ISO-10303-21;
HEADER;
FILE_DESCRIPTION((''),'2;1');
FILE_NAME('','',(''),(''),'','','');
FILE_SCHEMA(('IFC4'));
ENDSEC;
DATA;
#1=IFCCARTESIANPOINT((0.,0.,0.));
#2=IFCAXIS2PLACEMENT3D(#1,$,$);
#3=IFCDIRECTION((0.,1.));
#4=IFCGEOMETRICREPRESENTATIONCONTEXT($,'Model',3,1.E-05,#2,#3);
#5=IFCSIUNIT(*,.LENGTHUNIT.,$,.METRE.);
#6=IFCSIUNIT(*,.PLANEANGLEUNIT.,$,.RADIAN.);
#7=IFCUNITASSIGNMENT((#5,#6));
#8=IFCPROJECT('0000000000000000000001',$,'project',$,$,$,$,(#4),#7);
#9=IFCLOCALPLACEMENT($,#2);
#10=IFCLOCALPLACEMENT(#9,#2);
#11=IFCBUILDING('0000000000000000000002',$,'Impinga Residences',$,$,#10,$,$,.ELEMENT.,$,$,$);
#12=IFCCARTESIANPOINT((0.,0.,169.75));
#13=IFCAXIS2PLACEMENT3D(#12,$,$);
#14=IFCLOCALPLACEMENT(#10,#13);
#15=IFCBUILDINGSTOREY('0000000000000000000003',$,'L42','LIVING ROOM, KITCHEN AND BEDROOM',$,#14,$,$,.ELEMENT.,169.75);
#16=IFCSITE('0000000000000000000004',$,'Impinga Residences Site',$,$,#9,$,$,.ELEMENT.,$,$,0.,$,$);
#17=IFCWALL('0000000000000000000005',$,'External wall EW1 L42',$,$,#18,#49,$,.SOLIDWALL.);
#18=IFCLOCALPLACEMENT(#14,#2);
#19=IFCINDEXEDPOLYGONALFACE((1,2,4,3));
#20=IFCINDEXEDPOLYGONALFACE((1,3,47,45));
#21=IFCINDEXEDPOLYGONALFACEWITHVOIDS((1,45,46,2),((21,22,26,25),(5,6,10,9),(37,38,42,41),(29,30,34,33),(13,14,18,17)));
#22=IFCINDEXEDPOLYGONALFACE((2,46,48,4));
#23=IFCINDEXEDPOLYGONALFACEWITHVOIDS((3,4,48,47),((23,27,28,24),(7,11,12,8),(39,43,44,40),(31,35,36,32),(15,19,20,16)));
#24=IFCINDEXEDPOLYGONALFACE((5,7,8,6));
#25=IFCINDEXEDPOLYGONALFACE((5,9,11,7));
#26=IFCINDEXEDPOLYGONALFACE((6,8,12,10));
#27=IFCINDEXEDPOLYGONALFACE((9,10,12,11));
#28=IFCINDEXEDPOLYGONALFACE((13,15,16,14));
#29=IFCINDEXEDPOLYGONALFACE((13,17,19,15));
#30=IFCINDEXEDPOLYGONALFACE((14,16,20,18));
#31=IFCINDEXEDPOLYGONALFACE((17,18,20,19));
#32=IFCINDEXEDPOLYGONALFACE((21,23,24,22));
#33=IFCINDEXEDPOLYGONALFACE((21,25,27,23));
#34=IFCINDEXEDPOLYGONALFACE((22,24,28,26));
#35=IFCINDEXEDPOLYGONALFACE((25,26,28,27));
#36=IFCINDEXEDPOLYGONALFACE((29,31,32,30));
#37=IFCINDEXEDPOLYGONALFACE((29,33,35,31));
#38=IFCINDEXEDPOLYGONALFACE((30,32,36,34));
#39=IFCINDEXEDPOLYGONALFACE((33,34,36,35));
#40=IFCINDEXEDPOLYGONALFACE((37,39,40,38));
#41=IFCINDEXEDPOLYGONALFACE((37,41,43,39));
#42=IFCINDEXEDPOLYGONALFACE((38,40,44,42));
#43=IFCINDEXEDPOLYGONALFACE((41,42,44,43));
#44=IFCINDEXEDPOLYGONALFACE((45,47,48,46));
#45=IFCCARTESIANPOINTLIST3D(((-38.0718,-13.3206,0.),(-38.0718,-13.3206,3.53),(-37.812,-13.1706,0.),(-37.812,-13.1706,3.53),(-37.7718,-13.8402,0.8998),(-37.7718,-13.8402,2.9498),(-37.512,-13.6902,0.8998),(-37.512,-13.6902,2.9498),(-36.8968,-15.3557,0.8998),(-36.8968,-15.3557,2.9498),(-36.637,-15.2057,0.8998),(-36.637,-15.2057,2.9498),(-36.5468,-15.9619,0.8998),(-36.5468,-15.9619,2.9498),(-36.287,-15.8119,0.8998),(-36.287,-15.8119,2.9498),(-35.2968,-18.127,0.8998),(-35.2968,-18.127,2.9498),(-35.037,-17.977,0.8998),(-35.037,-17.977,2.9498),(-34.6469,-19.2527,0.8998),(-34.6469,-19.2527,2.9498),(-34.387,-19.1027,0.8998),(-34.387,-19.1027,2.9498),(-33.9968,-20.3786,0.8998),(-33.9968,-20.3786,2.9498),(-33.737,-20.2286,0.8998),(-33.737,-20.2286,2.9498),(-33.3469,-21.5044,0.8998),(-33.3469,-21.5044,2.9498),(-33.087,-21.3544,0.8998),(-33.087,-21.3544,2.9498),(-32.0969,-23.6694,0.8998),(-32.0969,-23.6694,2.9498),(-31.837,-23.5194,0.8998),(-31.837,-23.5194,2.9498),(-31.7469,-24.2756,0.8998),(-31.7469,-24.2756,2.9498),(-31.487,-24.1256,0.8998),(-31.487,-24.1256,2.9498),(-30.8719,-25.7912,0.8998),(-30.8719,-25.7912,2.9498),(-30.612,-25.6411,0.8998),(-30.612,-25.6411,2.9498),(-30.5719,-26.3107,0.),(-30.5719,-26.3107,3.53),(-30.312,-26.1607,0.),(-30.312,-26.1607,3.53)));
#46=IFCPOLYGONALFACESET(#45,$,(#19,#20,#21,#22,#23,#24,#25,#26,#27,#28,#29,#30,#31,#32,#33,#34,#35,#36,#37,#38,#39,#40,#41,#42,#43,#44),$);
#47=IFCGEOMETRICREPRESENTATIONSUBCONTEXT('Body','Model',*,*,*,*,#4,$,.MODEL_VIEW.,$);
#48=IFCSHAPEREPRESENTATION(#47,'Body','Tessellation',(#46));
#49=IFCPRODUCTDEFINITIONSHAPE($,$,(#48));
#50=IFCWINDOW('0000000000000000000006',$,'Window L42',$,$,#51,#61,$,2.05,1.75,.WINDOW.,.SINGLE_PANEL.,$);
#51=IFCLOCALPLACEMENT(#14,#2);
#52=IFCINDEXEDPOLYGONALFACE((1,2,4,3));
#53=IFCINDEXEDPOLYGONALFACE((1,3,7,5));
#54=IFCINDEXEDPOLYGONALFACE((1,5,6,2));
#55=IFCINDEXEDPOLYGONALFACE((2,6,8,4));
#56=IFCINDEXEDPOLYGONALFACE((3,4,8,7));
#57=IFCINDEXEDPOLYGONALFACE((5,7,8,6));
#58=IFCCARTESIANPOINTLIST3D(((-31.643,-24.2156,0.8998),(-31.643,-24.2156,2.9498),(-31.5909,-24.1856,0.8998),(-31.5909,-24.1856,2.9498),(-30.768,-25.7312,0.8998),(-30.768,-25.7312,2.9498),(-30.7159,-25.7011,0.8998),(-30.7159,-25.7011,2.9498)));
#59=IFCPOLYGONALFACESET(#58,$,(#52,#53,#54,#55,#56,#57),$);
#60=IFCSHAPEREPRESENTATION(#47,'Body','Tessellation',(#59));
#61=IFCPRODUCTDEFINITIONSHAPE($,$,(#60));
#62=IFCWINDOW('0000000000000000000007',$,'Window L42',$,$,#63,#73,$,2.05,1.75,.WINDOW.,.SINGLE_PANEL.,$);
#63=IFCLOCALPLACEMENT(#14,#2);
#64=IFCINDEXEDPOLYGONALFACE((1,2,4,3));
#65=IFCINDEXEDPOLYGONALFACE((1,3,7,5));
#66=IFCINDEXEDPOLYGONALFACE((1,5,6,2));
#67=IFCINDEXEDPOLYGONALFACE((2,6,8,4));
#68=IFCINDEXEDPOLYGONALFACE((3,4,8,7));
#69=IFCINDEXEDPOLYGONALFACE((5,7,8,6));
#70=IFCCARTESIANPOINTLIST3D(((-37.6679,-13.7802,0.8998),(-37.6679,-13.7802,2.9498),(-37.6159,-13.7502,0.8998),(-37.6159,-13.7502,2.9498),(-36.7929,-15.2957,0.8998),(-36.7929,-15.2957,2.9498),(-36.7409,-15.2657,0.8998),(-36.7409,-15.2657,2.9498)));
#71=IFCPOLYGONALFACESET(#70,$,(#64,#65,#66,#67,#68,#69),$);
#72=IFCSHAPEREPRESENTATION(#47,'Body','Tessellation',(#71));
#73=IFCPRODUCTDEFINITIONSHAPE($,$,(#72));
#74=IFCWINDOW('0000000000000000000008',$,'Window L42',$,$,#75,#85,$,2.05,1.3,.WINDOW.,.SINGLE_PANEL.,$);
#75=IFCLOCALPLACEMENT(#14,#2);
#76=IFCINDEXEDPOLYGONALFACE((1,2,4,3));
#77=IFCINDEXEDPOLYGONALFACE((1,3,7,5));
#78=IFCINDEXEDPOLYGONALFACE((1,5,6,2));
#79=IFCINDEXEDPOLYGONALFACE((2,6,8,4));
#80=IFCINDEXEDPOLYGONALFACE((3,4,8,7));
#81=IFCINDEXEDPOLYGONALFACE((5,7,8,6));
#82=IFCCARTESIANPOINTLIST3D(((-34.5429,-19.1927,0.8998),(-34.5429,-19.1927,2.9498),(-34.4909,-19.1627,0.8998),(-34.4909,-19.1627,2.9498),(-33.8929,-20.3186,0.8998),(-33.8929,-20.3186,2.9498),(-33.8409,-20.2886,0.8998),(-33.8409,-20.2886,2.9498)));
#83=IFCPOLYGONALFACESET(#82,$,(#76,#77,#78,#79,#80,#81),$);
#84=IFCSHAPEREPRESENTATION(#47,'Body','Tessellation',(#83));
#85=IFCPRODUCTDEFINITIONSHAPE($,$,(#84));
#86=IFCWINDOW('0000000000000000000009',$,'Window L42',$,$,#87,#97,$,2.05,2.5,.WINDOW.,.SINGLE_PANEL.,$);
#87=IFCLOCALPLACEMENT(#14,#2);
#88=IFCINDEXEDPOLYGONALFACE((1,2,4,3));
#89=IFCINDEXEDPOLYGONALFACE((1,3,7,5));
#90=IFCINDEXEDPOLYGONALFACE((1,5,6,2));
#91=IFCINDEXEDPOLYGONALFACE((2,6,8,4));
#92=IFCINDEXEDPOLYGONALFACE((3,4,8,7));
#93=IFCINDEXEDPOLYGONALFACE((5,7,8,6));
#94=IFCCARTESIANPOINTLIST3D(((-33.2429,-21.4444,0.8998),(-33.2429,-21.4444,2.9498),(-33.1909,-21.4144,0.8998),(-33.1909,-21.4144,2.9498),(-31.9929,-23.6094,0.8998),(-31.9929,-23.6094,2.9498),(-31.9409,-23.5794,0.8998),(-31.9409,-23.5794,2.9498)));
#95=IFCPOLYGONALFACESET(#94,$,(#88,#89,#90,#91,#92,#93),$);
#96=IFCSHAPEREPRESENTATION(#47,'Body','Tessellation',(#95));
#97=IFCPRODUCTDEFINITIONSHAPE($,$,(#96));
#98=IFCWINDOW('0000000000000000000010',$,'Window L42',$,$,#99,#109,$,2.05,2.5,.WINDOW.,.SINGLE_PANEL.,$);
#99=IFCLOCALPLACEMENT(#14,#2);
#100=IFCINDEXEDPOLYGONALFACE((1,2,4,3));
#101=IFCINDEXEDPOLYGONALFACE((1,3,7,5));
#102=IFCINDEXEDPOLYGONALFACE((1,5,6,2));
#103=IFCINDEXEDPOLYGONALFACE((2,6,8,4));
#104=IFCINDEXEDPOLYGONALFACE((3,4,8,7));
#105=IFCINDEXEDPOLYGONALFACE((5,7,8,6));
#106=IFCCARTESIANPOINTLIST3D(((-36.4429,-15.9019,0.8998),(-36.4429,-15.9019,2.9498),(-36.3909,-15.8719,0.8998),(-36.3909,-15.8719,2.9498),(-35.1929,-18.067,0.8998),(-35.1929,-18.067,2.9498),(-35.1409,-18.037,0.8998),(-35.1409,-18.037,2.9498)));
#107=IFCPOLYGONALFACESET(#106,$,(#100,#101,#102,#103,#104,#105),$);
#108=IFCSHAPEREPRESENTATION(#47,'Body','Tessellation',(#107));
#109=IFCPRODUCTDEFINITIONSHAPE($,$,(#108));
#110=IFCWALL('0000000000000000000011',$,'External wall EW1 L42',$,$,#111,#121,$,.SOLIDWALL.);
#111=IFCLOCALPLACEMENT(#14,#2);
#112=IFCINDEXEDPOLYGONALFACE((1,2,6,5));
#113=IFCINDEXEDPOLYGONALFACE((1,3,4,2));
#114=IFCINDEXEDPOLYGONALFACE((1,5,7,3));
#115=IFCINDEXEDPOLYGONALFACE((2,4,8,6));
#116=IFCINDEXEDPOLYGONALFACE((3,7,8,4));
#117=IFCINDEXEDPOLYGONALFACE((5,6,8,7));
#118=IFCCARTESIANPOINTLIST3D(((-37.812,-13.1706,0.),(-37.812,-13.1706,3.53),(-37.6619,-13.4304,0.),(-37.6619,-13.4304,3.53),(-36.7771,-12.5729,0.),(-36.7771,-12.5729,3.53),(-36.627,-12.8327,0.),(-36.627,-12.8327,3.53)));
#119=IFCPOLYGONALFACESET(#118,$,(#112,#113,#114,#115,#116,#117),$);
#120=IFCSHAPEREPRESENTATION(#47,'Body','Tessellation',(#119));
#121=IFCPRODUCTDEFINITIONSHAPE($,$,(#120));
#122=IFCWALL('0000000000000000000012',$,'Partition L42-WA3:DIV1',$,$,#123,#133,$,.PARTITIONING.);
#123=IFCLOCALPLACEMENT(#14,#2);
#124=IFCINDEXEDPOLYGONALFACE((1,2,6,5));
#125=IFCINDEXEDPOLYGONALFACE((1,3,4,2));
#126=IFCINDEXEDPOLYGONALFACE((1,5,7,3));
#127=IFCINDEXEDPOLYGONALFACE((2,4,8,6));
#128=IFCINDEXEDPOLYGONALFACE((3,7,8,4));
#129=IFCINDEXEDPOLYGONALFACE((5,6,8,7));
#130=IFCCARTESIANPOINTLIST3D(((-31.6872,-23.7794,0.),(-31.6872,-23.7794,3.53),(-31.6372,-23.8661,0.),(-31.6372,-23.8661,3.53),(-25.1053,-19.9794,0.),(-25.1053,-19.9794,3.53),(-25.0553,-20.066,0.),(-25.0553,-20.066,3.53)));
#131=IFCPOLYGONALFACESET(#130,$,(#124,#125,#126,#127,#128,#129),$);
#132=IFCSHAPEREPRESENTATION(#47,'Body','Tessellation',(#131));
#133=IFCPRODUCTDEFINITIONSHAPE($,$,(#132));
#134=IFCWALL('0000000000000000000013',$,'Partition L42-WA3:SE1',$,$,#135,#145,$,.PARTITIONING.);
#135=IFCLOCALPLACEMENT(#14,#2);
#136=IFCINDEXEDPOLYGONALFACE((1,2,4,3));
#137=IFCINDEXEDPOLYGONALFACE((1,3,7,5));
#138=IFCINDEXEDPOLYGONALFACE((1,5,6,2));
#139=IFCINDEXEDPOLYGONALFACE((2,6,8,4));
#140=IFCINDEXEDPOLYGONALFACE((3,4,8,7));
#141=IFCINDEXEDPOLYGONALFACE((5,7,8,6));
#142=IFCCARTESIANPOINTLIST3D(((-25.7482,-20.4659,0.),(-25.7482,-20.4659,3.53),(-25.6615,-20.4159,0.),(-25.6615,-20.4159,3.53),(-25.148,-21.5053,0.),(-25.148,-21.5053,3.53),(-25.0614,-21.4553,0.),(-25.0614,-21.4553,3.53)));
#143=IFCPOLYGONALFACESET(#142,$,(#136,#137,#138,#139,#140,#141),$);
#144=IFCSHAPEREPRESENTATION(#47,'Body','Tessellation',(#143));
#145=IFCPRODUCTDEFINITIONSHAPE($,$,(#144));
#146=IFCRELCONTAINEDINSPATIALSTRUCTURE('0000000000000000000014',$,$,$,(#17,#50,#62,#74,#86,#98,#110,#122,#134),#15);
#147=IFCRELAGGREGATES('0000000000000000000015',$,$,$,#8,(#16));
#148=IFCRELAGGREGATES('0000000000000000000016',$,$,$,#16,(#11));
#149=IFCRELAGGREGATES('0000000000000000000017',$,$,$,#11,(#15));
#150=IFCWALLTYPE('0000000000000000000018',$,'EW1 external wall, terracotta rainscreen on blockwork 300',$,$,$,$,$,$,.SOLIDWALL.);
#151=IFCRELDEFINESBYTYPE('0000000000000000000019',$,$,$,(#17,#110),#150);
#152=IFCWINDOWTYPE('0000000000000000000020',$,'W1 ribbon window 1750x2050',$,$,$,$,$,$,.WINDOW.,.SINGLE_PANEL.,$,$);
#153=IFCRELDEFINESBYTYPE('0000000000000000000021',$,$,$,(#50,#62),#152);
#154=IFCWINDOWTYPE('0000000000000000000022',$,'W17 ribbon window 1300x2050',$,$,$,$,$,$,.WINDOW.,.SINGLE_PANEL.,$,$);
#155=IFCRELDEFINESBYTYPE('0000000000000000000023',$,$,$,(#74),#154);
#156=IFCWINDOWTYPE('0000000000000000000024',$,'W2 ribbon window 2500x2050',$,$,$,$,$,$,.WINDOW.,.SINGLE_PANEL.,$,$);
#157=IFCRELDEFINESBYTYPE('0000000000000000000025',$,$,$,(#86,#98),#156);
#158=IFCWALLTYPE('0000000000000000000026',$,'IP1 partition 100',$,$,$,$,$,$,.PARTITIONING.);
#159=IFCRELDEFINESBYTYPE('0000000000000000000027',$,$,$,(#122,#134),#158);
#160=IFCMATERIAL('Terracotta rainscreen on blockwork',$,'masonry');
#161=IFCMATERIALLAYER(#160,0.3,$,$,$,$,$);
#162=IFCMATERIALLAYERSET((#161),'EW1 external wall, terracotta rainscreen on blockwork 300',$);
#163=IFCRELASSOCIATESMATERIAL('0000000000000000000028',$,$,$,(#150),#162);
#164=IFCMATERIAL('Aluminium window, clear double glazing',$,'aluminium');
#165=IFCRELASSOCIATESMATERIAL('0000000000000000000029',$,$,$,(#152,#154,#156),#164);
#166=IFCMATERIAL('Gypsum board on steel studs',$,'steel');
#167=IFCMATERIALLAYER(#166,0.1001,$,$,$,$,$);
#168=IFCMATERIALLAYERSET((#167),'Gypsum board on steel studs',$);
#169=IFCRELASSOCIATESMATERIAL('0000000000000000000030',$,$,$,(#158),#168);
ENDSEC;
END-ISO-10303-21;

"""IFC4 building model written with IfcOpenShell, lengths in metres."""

from ifc_helpers import new_model, si_unit, direction, frame, frame_2d, origin, place, context, subcontext, project, spatial, rectangle, extrude, material, layer, layer_set, type_object, element, fill, save


model = new_model("IFC4")

# Units and contexts
model_context = context("Model", 3, precision=1e-05, world=origin(), true_north=direction((0.0, 1.0)))
body_context = subcontext(model_context, "Body", "Model", "MODEL_VIEW")
ifc_project = project(units=[si_unit("LENGTHUNIT", "METRE"), si_unit("PLANEANGLEUNIT", "RADIAN")], contexts=[model_context])

# Site, building, storey
site_placement = place(None, origin())
site = spatial("IfcSite", under=ifc_project, at=site_placement, Name="Impinga Residences Site", CompositionType="ELEMENT", RefElevation=0.0)
building_placement = place(site_placement, origin())
building = spatial("IfcBuilding", under=site, at=building_placement, Name="Impinga Residences", CompositionType="ELEMENT")
storey_placement = place(building_placement, frame((0.0, 0.0, 169.75)))
storey = spatial("IfcBuildingStorey", under=building, at=storey_placement, Name="L42", Description="LIVING ROOM, KITCHEN AND BEDROOM", CompositionType="ELEMENT", Elevation=169.75)

# Shared definitions
ifc_material_1 = material(Name="Terracotta rainscreen on blockwork", Category="masonry")
ifc_layer_1 = layer(ifc_material_1, 0.3)
ifc_layer_set_1 = layer_set([ifc_layer_1], Name="EW1 external wall, terracotta rainscreen on blockwork 300")
wall_type_1 = type_object("IfcWallType", Name="EW1 external wall, terracotta rainscreen on blockwork 300", PredefinedType="SOLIDWALL", material=ifc_layer_set_1)

# Wall, openings, windows
wall_1_placement = place(storey_placement, frame((-30.4419, -26.2358, 0.0), z_axis=(0.0, 0.0, 1.0), x_axis=(-0.500004, 0.866023, 0.0)))
wall_1 = element("IfcWall", 1, at=wall_1_placement, inside=storey, type_object=wall_type_1, Name="External wall EW1 L42", PredefinedType="SOLIDWALL", context=body_context, shape_type="SweptSolid", body=[
    extrude(rectangle(XDim=14.9998, YDim=0.3, at=frame_2d((7.5, 0.0))), origin(), (0.0, 0.0, 1.0), 3.53),
])
opening_1_placement = place(wall_1_placement, frame((0.6001, 0.0, 0.8999)))
opening_1 = element("IfcOpeningElement", 2, at=opening_1_placement, cuts=wall_1, PredefinedType="OPENING", context=body_context, shape_type="SweptSolid", body=[
    extrude(rectangle(XDim=1.75, YDim=2.05, at=frame_2d((0.875, 1.0249))), frame((0.0, 0.1599, 0.0), z_axis=(0.0, -1.0, 0.0), x_axis=(1.0, 0.0, 0.0)), (0.0, 0.0, 1.0), 0.3201),
])
opening_2_placement = place(wall_1_placement, frame((3.05, 0.0, 0.8999)))
opening_2 = element("IfcOpeningElement", 3, at=opening_2_placement, cuts=wall_1, PredefinedType="OPENING", context=body_context, shape_type="SweptSolid", body=[
    extrude(rectangle(XDim=2.5, YDim=2.05, at=frame_2d((1.25, 1.0249))), frame((0.0, 0.1599, 0.0), z_axis=(0.0, -1.0, 0.0), x_axis=(1.0, 0.0, 0.0)), (0.0, 0.0, 1.0), 0.3201),
])
opening_3_placement = place(wall_1_placement, frame((6.8501, 0.0, 0.8999)))
opening_3 = element("IfcOpeningElement", 4, at=opening_3_placement, cuts=wall_1, PredefinedType="OPENING", context=body_context, shape_type="SweptSolid", body=[
    extrude(rectangle(XDim=1.3, YDim=2.05, at=frame_2d((0.6499, 1.0249))), frame((0.0, 0.1599, 0.0), z_axis=(0.0, -1.0, 0.0), x_axis=(1.0, 0.0, 0.0)), (0.0, 0.0, 1.0), 0.3201),
])
opening_4_placement = place(wall_1_placement, frame((9.45, 0.0, 0.8999)))
opening_4 = element("IfcOpeningElement", 5, at=opening_4_placement, cuts=wall_1, PredefinedType="OPENING", context=body_context, shape_type="SweptSolid", body=[
    extrude(rectangle(XDim=2.5, YDim=2.05, at=frame_2d((1.25, 1.0249))), frame((0.0, 0.1599, 0.0), z_axis=(0.0, -1.0, 0.0), x_axis=(1.0, 0.0, 0.0)), (0.0, 0.0, 1.0), 0.3201),
])
opening_5_placement = place(wall_1_placement, frame((12.6499, 0.0, 0.8999)))
opening_5 = element("IfcOpeningElement", 6, at=opening_5_placement, cuts=wall_1, PredefinedType="OPENING", context=body_context, shape_type="SweptSolid", body=[
    extrude(rectangle(XDim=1.75, YDim=2.05, at=frame_2d((0.875, 1.0249))), frame((0.0, 0.1599, 0.0), z_axis=(0.0, -1.0, 0.0), x_axis=(1.0, 0.0, 0.0)), (0.0, 0.0, 1.0), 0.3201),
])
ifc_material_2 = material(Name="Aluminium window, clear double glazing", Category="aluminium")
window_type_1 = type_object("IfcWindowType", Name="W1 ribbon window 1750x2050", PartitioningType="SINGLE_PANEL", PredefinedType="WINDOW", material=ifc_material_2)
window_1_placement = place(opening_1_placement, origin())
window_1 = element("IfcWindow", 7, at=window_1_placement, inside=storey, type_object=window_type_1, Name="Window L42", OverallHeight=2.05, OverallWidth=1.75, PartitioningType="SINGLE_PANEL", PredefinedType="WINDOW", context=body_context, shape_type="SweptSolid", body=[
    extrude(rectangle(XDim=1.75, YDim=2.05, at=frame_2d((0.875, 1.0249))), frame((0.0, 0.03, 0.0), z_axis=(0.0, -1.0, 0.0), x_axis=(1.0, 0.0, 0.0)), (0.0, 0.0, 1.0), 0.0601),
])
fill(opening_1, window_1)
window_2_placement = place(opening_5_placement, origin())
window_2 = element("IfcWindow", 8, at=window_2_placement, inside=storey, type_object=window_type_1, Name="Window L42", OverallHeight=2.05, OverallWidth=1.75, PartitioningType="SINGLE_PANEL", PredefinedType="WINDOW", context=body_context, shape_type="SweptSolid", body=[
    extrude(rectangle(XDim=1.75, YDim=2.05, at=frame_2d((0.875, 1.0249))), frame((0.0, 0.03, 0.0), z_axis=(0.0, -1.0, 0.0), x_axis=(1.0, 0.0, 0.0)), (0.0, 0.0, 1.0), 0.0601),
])
fill(opening_5, window_2)
window_type_2 = type_object("IfcWindowType", Name="W17 ribbon window 1300x2050", PartitioningType="SINGLE_PANEL", PredefinedType="WINDOW", material=ifc_material_2)
window_3_placement = place(opening_3_placement, origin())
window_3 = element("IfcWindow", 9, at=window_3_placement, inside=storey, type_object=window_type_2, Name="Window L42", OverallHeight=2.05, OverallWidth=1.3, PartitioningType="SINGLE_PANEL", PredefinedType="WINDOW", context=body_context, shape_type="SweptSolid", body=[
    extrude(rectangle(XDim=1.3, YDim=2.05, at=frame_2d((0.6499, 1.0249))), frame((0.0, 0.03, 0.0), z_axis=(0.0, -1.0, 0.0), x_axis=(1.0, 0.0, 0.0)), (0.0, 0.0, 1.0), 0.0601),
])
fill(opening_3, window_3)
window_type_3 = type_object("IfcWindowType", Name="W2 ribbon window 2500x2050", PartitioningType="SINGLE_PANEL", PredefinedType="WINDOW", material=ifc_material_2)
window_4_placement = place(opening_2_placement, origin())
window_4 = element("IfcWindow", 10, at=window_4_placement, inside=storey, type_object=window_type_3, Name="Window L42", OverallHeight=2.05, OverallWidth=2.5, PartitioningType="SINGLE_PANEL", PredefinedType="WINDOW", context=body_context, shape_type="SweptSolid", body=[
    extrude(rectangle(XDim=2.5, YDim=2.05, at=frame_2d((1.25, 1.0249))), frame((0.0, 0.03, 0.0), z_axis=(0.0, -1.0, 0.0), x_axis=(1.0, 0.0, 0.0)), (0.0, 0.0, 1.0), 0.0601),
])
fill(opening_2, window_4)
window_5_placement = place(opening_4_placement, origin())
window_5 = element("IfcWindow", 11, at=window_5_placement, inside=storey, type_object=window_type_3, Name="Window L42", OverallHeight=2.05, OverallWidth=2.5, PartitioningType="SINGLE_PANEL", PredefinedType="WINDOW", context=body_context, shape_type="SweptSolid", body=[
    extrude(rectangle(XDim=2.5, YDim=2.05, at=frame_2d((1.25, 1.0249))), frame((0.0, 0.03, 0.0), z_axis=(0.0, -1.0, 0.0), x_axis=(1.0, 0.0, 0.0)), (0.0, 0.0, 1.0), 0.0601),
])
fill(opening_4, window_5)

# Walls
wall_2_placement = place(storey_placement, frame((-37.7371, -13.3005, 0.0), z_axis=(0.0, 0.0, 1.0), x_axis=(0.865971, 0.500094, 0.0)))
element("IfcWall", 12, at=wall_2_placement, inside=storey, type_object=wall_type_1, Name="External wall EW1 L42", PredefinedType="SOLIDWALL", context=body_context, shape_type="SweptSolid", body=[
    extrude(rectangle(XDim=1.1951, YDim=0.3, at=frame_2d((0.5977, 0.0))), origin(), (0.0, 0.0, 1.0), 3.53),
])
ifc_material_3 = material(Name="Gypsum board on steel studs", Category="steel")
ifc_layer_2 = layer(ifc_material_3, 0.1001)
ifc_layer_set_2 = layer_set([ifc_layer_2], Name="Gypsum board on steel studs")
wall_type_2 = type_object("IfcWallType", Name="IP1 partition 100", PredefinedType="PARTITIONING", material=ifc_layer_set_2)
wall_3_placement = place(storey_placement, frame((-25.0803, -20.0227, 0.0), z_axis=(0.0, 0.0, 1.0), x_axis=(-0.866022, -0.500005, 0.0)))
element("IfcWall", 13, at=wall_3_placement, inside=storey, type_object=wall_type_2, Name="Partition L42-WA3:DIV1", PredefinedType="PARTITIONING", context=body_context, shape_type="SweptSolid", body=[
    extrude(rectangle(XDim=7.6001, YDim=0.1001, at=frame_2d((3.8, 0.0))), origin(), (0.0, 0.0, 1.0), 3.53),
])
wall_4_placement = place(storey_placement, frame((-25.7048, -20.4409, 0.0), z_axis=(0.0, 0.0, 1.0), x_axis=(0.500034, -0.866006, 0.0)))
element("IfcWall", 14, at=wall_4_placement, inside=storey, type_object=wall_type_2, Name="Partition L42-WA3:SE1", PredefinedType="PARTITIONING", context=body_context, shape_type="SweptSolid", body=[
    extrude(rectangle(XDim=1.2002, YDim=0.1001, at=frame_2d((0.6001, 0.0))), origin(), (0.0, 0.0, 1.0), 3.53),
])

save(model, "model.ifc")
